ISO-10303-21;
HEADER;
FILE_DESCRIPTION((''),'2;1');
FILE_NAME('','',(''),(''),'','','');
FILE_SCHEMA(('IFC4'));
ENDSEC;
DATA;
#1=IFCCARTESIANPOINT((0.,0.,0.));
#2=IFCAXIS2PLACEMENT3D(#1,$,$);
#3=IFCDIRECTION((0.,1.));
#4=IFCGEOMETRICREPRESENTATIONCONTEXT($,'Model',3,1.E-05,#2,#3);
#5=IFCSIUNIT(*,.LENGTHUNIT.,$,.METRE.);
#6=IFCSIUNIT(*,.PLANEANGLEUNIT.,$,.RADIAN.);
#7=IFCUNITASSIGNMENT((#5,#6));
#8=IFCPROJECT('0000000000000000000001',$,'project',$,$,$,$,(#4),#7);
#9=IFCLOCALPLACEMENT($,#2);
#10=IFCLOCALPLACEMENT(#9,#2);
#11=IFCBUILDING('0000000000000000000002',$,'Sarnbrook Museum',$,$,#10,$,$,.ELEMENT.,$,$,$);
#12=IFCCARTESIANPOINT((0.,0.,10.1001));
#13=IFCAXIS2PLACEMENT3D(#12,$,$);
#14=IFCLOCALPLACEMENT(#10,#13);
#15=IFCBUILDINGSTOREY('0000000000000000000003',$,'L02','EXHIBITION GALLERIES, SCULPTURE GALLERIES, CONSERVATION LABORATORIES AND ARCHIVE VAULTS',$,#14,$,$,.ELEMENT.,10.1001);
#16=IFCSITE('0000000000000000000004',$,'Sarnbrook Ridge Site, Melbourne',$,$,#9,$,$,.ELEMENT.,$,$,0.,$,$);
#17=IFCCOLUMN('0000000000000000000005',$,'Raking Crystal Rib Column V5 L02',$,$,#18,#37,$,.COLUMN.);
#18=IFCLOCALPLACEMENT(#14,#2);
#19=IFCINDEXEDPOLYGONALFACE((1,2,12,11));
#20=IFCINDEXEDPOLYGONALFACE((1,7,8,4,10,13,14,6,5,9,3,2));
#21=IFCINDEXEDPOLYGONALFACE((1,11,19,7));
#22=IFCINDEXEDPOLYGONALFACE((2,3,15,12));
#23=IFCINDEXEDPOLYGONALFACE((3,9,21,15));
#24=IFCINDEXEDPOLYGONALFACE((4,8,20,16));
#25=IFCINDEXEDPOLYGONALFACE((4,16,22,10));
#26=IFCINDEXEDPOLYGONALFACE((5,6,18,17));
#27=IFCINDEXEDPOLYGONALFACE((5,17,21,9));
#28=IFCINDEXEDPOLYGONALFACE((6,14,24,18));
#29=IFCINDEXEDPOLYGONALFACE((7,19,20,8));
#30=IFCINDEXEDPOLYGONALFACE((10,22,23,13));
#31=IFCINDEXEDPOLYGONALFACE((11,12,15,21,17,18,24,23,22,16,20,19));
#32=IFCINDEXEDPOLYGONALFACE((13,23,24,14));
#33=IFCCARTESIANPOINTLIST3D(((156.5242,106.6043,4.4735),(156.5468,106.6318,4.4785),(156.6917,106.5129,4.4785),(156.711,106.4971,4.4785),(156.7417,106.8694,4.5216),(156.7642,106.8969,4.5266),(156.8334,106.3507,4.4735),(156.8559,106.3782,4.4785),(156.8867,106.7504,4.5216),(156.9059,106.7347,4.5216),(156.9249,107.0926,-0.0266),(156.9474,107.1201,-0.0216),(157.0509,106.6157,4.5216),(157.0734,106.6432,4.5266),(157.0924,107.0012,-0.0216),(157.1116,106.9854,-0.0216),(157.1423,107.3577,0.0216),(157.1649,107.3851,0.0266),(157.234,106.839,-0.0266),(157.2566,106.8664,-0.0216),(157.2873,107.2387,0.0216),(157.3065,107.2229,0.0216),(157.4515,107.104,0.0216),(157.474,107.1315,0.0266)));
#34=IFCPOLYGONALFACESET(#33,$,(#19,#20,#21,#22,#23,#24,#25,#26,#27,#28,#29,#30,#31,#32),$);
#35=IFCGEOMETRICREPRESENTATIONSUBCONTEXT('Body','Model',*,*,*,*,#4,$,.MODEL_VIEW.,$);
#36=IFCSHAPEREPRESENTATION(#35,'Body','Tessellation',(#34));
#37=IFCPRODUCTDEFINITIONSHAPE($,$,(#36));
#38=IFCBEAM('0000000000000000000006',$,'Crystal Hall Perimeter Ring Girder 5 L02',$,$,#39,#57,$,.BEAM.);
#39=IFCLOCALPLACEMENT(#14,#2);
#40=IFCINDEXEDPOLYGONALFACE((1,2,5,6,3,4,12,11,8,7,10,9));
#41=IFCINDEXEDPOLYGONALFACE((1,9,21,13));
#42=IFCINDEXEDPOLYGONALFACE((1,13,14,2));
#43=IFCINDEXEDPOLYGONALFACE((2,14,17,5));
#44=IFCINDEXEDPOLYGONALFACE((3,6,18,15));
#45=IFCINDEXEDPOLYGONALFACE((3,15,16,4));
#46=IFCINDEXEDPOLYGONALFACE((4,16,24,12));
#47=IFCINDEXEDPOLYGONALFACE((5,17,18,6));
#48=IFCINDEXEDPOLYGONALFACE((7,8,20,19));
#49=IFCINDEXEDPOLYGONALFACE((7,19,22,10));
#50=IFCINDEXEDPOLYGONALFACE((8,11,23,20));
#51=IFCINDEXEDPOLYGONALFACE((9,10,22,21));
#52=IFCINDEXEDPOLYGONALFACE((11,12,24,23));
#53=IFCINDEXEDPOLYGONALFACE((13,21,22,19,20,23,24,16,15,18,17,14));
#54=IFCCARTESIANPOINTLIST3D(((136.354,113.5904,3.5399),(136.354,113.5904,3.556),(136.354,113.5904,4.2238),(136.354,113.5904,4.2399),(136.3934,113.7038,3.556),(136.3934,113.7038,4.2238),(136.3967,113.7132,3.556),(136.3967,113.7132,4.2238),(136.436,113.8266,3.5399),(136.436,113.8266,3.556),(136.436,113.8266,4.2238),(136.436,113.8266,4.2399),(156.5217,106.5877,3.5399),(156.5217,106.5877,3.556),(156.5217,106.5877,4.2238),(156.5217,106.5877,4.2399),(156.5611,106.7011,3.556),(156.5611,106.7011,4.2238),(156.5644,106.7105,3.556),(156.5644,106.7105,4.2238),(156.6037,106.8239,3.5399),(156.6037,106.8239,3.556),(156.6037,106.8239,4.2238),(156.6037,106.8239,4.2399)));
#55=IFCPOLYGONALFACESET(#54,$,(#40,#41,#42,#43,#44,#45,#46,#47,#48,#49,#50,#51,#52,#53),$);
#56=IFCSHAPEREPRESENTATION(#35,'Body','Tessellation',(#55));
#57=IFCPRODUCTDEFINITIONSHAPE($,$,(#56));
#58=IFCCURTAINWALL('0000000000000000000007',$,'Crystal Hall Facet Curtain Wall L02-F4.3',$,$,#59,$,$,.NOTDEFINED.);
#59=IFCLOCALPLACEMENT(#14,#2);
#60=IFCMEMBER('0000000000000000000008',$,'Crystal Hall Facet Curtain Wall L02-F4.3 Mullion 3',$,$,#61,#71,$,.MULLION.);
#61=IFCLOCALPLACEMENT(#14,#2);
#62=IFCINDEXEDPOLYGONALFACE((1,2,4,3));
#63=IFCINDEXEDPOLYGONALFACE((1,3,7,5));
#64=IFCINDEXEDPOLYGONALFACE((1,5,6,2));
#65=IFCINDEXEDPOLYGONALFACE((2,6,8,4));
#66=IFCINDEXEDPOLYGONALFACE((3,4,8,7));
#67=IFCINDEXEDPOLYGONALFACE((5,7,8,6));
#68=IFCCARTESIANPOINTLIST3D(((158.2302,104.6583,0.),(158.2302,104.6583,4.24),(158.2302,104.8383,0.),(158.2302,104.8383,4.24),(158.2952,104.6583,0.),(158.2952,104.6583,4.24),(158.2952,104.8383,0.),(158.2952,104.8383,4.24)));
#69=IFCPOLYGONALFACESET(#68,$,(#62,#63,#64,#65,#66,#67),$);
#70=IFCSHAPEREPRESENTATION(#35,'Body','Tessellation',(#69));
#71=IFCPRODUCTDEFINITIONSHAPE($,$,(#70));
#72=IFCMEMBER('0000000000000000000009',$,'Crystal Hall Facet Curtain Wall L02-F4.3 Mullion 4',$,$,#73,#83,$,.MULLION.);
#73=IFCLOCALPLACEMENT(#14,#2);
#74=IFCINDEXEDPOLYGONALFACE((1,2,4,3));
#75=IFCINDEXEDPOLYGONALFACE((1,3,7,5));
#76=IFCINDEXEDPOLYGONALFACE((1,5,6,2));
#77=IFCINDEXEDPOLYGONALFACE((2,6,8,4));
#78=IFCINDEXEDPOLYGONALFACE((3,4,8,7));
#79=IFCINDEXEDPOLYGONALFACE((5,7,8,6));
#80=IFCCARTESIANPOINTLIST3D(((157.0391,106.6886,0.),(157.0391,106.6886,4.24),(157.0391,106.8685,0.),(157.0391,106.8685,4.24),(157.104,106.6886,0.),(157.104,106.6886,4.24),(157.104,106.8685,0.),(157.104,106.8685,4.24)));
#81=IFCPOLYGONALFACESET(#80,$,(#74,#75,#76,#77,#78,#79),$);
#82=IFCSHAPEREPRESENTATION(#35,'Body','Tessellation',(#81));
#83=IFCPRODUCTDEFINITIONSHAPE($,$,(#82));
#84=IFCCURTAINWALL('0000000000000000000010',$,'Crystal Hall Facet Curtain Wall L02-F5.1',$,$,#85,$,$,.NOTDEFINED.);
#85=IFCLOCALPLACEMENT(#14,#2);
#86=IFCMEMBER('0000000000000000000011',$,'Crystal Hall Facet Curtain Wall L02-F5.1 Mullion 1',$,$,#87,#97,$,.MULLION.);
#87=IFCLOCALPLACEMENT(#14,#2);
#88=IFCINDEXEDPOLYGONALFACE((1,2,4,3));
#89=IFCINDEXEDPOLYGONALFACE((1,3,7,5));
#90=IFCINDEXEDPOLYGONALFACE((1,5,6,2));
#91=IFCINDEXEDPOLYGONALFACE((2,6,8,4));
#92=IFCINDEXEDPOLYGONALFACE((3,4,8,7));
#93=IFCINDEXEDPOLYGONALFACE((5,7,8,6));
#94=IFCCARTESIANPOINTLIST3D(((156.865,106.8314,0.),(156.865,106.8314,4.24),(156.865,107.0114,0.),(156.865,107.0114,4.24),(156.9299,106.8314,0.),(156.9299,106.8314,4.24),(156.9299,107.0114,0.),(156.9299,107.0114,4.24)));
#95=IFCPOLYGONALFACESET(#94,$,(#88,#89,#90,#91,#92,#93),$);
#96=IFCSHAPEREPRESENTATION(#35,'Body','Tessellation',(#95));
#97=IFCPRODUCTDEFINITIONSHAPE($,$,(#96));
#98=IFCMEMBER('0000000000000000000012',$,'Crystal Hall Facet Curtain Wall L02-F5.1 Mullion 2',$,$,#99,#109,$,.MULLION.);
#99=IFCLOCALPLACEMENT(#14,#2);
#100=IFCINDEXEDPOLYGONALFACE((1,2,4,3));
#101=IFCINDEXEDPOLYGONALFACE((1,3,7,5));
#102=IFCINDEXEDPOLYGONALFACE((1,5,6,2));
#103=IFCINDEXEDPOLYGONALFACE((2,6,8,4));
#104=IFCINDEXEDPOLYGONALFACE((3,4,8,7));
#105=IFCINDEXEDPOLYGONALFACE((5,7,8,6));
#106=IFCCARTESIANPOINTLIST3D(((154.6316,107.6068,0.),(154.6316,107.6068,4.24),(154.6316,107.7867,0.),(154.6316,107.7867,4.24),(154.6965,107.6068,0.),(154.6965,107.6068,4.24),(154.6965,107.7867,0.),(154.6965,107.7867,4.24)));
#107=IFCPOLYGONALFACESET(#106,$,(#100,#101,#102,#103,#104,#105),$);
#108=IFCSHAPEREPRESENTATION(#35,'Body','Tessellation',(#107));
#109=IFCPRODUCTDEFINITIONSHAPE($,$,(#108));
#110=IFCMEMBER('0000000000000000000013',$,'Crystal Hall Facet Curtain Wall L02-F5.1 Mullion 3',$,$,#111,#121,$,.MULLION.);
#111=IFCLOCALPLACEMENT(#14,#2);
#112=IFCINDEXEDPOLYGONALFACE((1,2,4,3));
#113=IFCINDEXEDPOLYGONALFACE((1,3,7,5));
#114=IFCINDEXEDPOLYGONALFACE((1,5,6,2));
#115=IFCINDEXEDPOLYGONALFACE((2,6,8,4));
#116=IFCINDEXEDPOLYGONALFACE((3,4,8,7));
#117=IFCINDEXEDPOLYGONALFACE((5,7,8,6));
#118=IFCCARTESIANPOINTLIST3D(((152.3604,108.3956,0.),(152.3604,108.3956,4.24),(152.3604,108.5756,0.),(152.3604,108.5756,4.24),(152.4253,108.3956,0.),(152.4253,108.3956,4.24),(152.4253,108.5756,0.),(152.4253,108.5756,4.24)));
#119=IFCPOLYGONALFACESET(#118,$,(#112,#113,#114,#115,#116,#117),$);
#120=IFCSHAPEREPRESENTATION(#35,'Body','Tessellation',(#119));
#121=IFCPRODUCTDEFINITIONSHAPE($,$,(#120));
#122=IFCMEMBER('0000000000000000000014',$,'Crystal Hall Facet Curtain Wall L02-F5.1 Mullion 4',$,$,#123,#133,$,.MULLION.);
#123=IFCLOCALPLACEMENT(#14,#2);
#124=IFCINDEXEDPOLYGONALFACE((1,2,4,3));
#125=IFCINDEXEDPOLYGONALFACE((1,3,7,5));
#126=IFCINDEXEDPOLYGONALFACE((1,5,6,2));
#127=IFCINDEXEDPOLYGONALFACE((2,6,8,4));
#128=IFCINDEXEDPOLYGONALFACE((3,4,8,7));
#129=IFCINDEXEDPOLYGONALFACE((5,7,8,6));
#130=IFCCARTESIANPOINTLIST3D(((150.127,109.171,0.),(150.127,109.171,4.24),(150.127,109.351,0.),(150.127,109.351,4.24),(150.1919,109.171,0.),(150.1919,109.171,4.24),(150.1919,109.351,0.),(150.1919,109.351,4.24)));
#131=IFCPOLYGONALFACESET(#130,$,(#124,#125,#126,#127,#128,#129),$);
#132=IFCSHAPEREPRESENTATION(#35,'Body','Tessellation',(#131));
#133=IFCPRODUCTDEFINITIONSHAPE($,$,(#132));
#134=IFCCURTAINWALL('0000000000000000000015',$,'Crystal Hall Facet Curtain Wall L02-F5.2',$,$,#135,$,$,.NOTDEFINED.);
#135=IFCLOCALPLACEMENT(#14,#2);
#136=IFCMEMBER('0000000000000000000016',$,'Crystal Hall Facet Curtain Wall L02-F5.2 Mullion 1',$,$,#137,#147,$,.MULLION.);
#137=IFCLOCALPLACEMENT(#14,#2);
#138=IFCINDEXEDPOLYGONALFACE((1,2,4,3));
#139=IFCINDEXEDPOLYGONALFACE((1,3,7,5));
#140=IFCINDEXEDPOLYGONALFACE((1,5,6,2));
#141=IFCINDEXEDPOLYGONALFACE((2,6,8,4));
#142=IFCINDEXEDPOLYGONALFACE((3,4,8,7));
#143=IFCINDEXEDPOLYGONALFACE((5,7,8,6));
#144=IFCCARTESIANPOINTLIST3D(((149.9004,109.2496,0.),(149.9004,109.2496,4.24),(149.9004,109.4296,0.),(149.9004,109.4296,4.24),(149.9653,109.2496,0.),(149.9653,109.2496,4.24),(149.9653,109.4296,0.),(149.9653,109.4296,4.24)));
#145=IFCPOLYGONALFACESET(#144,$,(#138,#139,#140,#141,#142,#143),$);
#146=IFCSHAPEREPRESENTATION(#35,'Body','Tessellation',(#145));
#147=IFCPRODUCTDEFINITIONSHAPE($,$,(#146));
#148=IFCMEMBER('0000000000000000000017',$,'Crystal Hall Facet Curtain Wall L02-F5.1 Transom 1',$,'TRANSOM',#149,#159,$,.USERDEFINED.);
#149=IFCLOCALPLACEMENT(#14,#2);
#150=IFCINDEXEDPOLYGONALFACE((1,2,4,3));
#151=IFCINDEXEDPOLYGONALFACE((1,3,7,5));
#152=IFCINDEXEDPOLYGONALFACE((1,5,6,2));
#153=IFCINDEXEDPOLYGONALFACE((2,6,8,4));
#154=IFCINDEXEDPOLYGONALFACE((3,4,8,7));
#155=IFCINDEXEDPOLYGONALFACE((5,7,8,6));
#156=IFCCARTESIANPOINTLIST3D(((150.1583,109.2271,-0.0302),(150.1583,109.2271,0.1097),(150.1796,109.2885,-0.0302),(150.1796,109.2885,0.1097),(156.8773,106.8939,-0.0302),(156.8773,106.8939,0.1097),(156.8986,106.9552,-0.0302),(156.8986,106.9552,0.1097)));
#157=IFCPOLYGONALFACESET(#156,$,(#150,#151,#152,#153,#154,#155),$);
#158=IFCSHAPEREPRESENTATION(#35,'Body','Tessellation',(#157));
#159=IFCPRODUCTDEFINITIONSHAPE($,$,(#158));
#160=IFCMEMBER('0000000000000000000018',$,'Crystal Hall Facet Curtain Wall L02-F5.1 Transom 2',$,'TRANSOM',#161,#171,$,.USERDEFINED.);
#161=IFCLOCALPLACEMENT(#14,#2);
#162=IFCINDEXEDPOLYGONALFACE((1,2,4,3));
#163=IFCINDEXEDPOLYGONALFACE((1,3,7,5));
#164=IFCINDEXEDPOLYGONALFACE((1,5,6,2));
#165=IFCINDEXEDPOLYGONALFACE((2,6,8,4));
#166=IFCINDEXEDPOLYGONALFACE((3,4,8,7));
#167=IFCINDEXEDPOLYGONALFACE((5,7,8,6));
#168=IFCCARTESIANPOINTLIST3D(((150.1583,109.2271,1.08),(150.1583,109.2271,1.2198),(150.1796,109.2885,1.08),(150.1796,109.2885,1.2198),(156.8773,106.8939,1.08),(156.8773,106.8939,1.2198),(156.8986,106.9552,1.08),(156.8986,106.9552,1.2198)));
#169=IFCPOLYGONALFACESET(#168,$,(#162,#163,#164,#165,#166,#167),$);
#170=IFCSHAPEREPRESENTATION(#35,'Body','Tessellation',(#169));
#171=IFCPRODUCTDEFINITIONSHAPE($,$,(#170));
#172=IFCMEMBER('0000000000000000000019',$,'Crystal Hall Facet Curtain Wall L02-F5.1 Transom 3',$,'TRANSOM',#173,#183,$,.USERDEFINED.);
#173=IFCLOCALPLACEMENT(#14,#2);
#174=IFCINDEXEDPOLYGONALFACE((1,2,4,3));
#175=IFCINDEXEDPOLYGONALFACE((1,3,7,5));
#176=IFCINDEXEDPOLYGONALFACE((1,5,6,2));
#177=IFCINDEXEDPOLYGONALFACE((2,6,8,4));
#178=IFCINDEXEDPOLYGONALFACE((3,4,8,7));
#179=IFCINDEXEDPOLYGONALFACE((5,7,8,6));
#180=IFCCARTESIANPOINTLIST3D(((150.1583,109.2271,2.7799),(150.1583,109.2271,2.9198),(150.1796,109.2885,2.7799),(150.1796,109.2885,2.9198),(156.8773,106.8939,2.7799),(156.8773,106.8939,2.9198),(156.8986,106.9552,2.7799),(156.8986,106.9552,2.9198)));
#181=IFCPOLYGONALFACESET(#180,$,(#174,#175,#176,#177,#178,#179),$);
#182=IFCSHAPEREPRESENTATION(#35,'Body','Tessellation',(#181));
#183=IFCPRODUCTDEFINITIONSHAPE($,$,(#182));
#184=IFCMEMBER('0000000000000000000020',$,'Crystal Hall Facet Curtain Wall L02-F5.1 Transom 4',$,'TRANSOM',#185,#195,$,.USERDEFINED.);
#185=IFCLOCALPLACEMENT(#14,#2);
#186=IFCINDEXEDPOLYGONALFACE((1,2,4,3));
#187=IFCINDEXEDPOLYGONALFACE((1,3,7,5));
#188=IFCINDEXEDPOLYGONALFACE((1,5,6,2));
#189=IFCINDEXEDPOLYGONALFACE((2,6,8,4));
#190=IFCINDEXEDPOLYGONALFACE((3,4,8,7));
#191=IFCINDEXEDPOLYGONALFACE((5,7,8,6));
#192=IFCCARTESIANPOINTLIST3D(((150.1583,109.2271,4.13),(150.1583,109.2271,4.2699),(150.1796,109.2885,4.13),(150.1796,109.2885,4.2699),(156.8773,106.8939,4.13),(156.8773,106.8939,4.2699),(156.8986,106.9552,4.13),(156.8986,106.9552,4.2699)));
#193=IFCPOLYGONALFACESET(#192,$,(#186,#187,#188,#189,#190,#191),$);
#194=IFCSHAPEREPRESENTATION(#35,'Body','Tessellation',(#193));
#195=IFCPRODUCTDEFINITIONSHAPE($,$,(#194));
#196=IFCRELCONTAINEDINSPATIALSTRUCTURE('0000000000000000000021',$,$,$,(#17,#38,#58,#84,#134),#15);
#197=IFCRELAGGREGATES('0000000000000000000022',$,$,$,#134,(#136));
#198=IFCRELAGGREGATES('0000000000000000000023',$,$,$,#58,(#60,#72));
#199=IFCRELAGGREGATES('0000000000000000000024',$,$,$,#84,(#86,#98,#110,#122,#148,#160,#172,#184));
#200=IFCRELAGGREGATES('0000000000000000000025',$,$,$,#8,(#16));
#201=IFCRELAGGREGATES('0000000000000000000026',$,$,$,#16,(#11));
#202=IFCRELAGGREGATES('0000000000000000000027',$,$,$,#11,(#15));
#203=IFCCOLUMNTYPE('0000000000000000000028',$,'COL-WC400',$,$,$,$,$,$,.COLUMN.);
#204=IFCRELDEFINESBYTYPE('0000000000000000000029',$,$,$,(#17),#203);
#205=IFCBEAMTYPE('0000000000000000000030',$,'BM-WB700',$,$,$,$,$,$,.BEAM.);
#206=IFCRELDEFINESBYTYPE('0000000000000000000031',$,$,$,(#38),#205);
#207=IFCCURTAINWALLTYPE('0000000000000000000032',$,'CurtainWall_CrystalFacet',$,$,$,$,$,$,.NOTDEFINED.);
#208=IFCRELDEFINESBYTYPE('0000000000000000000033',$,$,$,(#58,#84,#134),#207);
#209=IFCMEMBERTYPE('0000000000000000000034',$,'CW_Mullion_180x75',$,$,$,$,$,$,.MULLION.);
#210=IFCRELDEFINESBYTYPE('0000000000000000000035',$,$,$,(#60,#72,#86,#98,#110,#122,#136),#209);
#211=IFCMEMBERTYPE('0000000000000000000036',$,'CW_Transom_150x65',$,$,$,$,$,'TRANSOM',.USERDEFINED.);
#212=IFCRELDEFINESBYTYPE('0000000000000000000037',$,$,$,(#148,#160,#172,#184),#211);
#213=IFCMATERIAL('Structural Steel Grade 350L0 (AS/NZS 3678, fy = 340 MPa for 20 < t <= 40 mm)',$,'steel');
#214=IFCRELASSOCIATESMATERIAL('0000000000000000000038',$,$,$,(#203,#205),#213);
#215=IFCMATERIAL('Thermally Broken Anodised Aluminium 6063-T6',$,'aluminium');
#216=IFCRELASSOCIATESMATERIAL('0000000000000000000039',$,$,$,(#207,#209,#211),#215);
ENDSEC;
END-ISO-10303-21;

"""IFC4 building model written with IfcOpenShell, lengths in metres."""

from ifc_helpers import new_model, si_unit, direction, frame, origin, origin_2d, place, context, subcontext, project, spatial, rectangle, i_section, extrude, material, material_profile, profile_set, type_object, element, aggregate, save


model = new_model("IFC4")

# Units and contexts
model_context = context("Model", 3, precision=1e-05, world=origin(), true_north=direction((0.0, 1.0)))
body_context = subcontext(model_context, "Body", "Model", "MODEL_VIEW")
ifc_project = project(units=[si_unit("LENGTHUNIT", "METRE"), si_unit("PLANEANGLEUNIT", "RADIAN")], contexts=[model_context])

# Site, building, storey
site_placement = place(None, origin())
site = spatial("IfcSite", under=ifc_project, at=site_placement, Name="Sarnbrook Ridge Site, Melbourne", CompositionType="ELEMENT", RefElevation=0.0)
building_placement = place(site_placement, origin())
building = spatial("IfcBuilding", under=site, at=building_placement, Name="Sarnbrook Museum", CompositionType="ELEMENT")
storey_placement = place(building_placement, frame((0.0, 0.0, 10.1001)))
storey = spatial("IfcBuildingStorey", under=building, at=storey_placement, Name="L02", Description="EXHIBITION GALLERIES, SCULPTURE GALLERIES, CONSERVATION LABORATORIES AND ARCHIVE VAULTS", CompositionType="ELEMENT", Elevation=10.1001)

# Column
ifc_material_1 = material(Name="Structural Steel Grade 350L0 (AS/NZS 3678, fy = 340 MPa for 20 < t <= 40 mm)", Category="steel")
ifc_material_profile_1 = material_profile(ifc_material_1, i_section(OverallWidth=0.3999, OverallDepth=0.3821, WebThickness=0.0249, FlangeThickness=0.0359, at=origin_2d()), Name="400WC270")
ifc_profile_set_1 = profile_set([ifc_material_profile_1], Name="Structural Steel Grade 350L0 (AS/NZS 3678, fy = 340 MPa for 20 < t <= 40 mm)")
column_type = type_object("IfcColumnType", Name="COL-WC400", PredefinedType="COLUMN", material=ifc_profile_set_1)
column_placement = place(storey_placement, frame((157.1995, 107.1121, 0.0), z_axis=(-0.088166, -0.107454, 0.990293), x_axis=(0.773078, -0.634311, 0.0)))
element("IfcColumn", 1, at=column_placement, inside=storey, type_object=column_type, Name="Raking Crystal Rib Column V5 L02", PredefinedType="COLUMN", context=body_context, shape_type="SweptSolid", body=[
    extrude(i_section(OverallWidth=0.3999, OverallDepth=0.3821, WebThickness=0.0249, FlangeThickness=0.0359, at=origin_2d()), origin(), (0.0, 0.0, 1.0), 4.5442),
])

# Beam
ifc_material_profile_2 = material_profile(ifc_material_1, i_section(OverallWidth=0.25, OverallDepth=0.7, WebThickness=0.01, FlangeThickness=0.0161, at=origin_2d()), Name="700WB130")
ifc_profile_set_2 = profile_set([ifc_material_profile_2], Name="Structural Steel Grade 350L0 (AS/NZS 3678, fy = 340 MPa for 20 < t <= 40 mm)")
beam_type_1 = type_object("IfcBeamType", Name="BM-WB700", PredefinedType="BEAM", material=ifc_profile_set_2)
beam_1_placement = place(storey_placement, frame((156.5627, 106.7058, 3.8899), z_axis=(-0.944674, 0.328012, 0.0), x_axis=(-0.328012, -0.944674, 0.0)))
element("IfcBeam", 2, at=beam_1_placement, inside=storey, type_object=beam_type_1, Name="Crystal Hall Perimeter Ring Girder 5 L02", PredefinedType="BEAM", context=body_context, shape_type="SweptSolid", body=[
    extrude(i_section(OverallWidth=0.25, OverallDepth=0.7, WebThickness=0.01, FlangeThickness=0.0161, at=origin_2d()), origin(), (0.0, 0.0, 1.0), 21.3489),
])

# Curtain walls, members
ifc_material_2 = material(Name="Thermally Broken Anodised Aluminium 6063-T6", Category="aluminium")
curtain_wall_type = type_object("IfcCurtainWallType", Name="CurtainWall_CrystalFacet", PredefinedType="NOTDEFINED", material=ifc_material_2)
curtain_wall_1_placement = place(storey_placement, origin())
curtain_wall_1 = element("IfcCurtainWall", 3, at=curtain_wall_1_placement, inside=storey, type_object=curtain_wall_type, Name="Crystal Hall Facet Curtain Wall L02-F4.3", PredefinedType="NOTDEFINED")
ifc_material_profile_3 = material_profile(ifc_material_2, rectangle(XDim=0.0649, YDim=0.1799, at=origin_2d()), Name="ALU MULLION 65x180")
ifc_profile_set_3 = profile_set([ifc_material_profile_3], Name="Thermally Broken Anodised Aluminium 6063-T6")
member_type_1 = type_object("IfcMemberType", Name="CW_Mullion_180x75", PredefinedType="MULLION", material=ifc_profile_set_3)
member_1_placement = place(storey_placement, frame((158.2627, 104.7483, 0.0), z_axis=(0.0, 0.0, 1.0), x_axis=(1.0, 0.0, 0.0)))
member_1 = element("IfcMember", 4, at=member_1_placement, type_object=member_type_1, Name="Crystal Hall Facet Curtain Wall L02-F4.3 Mullion 3", PredefinedType="MULLION", context=body_context, shape_type="SweptSolid", body=[
    extrude(rectangle(XDim=0.0649, YDim=0.1799, at=origin_2d()), origin(), (0.0, 0.0, 1.0), 4.24),
])
member_2_placement = place(storey_placement, frame((157.0715, 106.7786, 0.0), z_axis=(0.0, 0.0, 1.0), x_axis=(1.0, 0.0, 0.0)))
member_2 = element("IfcMember", 5, at=member_2_placement, type_object=member_type_1, Name="Crystal Hall Facet Curtain Wall L02-F4.3 Mullion 4", PredefinedType="MULLION", context=body_context, shape_type="SweptSolid", body=[
    extrude(rectangle(XDim=0.0649, YDim=0.1799, at=origin_2d()), origin(), (0.0, 0.0, 1.0), 4.24),
])
curtain_wall_2_placement = place(storey_placement, origin())
curtain_wall_2 = element("IfcCurtainWall", 6, at=curtain_wall_2_placement, inside=storey, type_object=curtain_wall_type, Name="Crystal Hall Facet Curtain Wall L02-F5.1", PredefinedType="NOTDEFINED")
member_3_placement = place(storey_placement, frame((156.8975, 106.9214, 0.0), z_axis=(0.0, 0.0, 1.0), x_axis=(1.0, 0.0, 0.0)))
member_3 = element("IfcMember", 7, at=member_3_placement, type_object=member_type_1, Name="Crystal Hall Facet Curtain Wall L02-F5.1 Mullion 1", PredefinedType="MULLION", context=body_context, shape_type="SweptSolid", body=[
    extrude(rectangle(XDim=0.0649, YDim=0.1799, at=origin_2d()), origin(), (0.0, 0.0, 1.0), 4.24),
])
member_4_placement = place(storey_placement, frame((154.6641, 107.6968, 0.0), z_axis=(0.0, 0.0, 1.0), x_axis=(1.0, 0.0, 0.0)))
member_4 = element("IfcMember", 8, at=member_4_placement, type_object=member_type_1, Name="Crystal Hall Facet Curtain Wall L02-F5.1 Mullion 2", PredefinedType="MULLION", context=body_context, shape_type="SweptSolid", body=[
    extrude(rectangle(XDim=0.0649, YDim=0.1799, at=origin_2d()), origin(), (0.0, 0.0, 1.0), 4.24),
])
member_5_placement = place(storey_placement, frame((152.3928, 108.4856, 0.0), z_axis=(0.0, 0.0, 1.0), x_axis=(1.0, 0.0, 0.0)))
member_5 = element("IfcMember", 9, at=member_5_placement, type_object=member_type_1, Name="Crystal Hall Facet Curtain Wall L02-F5.1 Mullion 3", PredefinedType="MULLION", context=body_context, shape_type="SweptSolid", body=[
    extrude(rectangle(XDim=0.0649, YDim=0.1799, at=origin_2d()), origin(), (0.0, 0.0, 1.0), 4.24),
])
member_6_placement = place(storey_placement, frame((150.1594, 109.261, 0.0), z_axis=(0.0, 0.0, 1.0), x_axis=(1.0, 0.0, 0.0)))
member_6 = element("IfcMember", 10, at=member_6_placement, type_object=member_type_1, Name="Crystal Hall Facet Curtain Wall L02-F5.1 Mullion 4", PredefinedType="MULLION", context=body_context, shape_type="SweptSolid", body=[
    extrude(rectangle(XDim=0.0649, YDim=0.1799, at=origin_2d()), origin(), (0.0, 0.0, 1.0), 4.24),
])

# Curtain wall, member
curtain_wall_3_placement = place(storey_placement, origin())
curtain_wall_3 = element("IfcCurtainWall", 11, at=curtain_wall_3_placement, inside=storey, type_object=curtain_wall_type, Name="Crystal Hall Facet Curtain Wall L02-F5.2", PredefinedType="NOTDEFINED")
member_7_placement = place(storey_placement, frame((149.9329, 109.3396, 0.0), z_axis=(0.0, 0.0, 1.0), x_axis=(1.0, 0.0, 0.0)))
member_7 = element("IfcMember", 12, at=member_7_placement, type_object=member_type_1, Name="Crystal Hall Facet Curtain Wall L02-F5.2 Mullion 1", PredefinedType="MULLION", context=body_context, shape_type="SweptSolid", body=[
    extrude(rectangle(XDim=0.0649, YDim=0.1799, at=origin_2d()), origin(), (0.0, 0.0, 1.0), 4.24),
])
aggregate(curtain_wall_3, [member_7])

# Members
ifc_material_profile_4 = material_profile(ifc_material_2, rectangle(XDim=0.0649, YDim=0.1399, at=origin_2d()), Name="ALU TRANSOM 65x140")
ifc_profile_set_4 = profile_set([ifc_material_profile_4], Name="Thermally Broken Anodised Aluminium 6063-T6")
member_type_2 = type_object("IfcMemberType", Name="CW_Transom_150x65", ElementType="TRANSOM", PredefinedType="USERDEFINED", material=ifc_profile_set_4)
member_8_placement = place(storey_placement, frame((156.8879, 106.9246, 0.0398), z_axis=(-0.944662, 0.328045, 0.0), x_axis=(-0.328045, -0.944662, 0.0)))
member_8 = element("IfcMember", 13, at=member_8_placement, type_object=member_type_2, Name="Crystal Hall Facet Curtain Wall L02-F5.1 Transom 1", ObjectType="TRANSOM", PredefinedType="USERDEFINED", context=body_context, shape_type="SweptSolid", body=[
    extrude(rectangle(XDim=0.0649, YDim=0.1399, at=origin_2d()), origin(), (0.0, 0.0, 1.0), 7.1125),
])
member_9_placement = place(storey_placement, frame((156.8879, 106.9246, 1.1499), z_axis=(-0.944662, 0.328045, 0.0), x_axis=(-0.328045, -0.944662, 0.0)))
member_9 = element("IfcMember", 14, at=member_9_placement, type_object=member_type_2, Name="Crystal Hall Facet Curtain Wall L02-F5.1 Transom 2", ObjectType="TRANSOM", PredefinedType="USERDEFINED", context=body_context, shape_type="SweptSolid", body=[
    extrude(rectangle(XDim=0.0649, YDim=0.1399, at=origin_2d()), origin(), (0.0, 0.0, 1.0), 7.1125),
])
member_10_placement = place(storey_placement, frame((156.8879, 106.9246, 2.8499), z_axis=(-0.944662, 0.328045, 0.0), x_axis=(-0.328045, -0.944662, 0.0)))
member_10 = element("IfcMember", 15, at=member_10_placement, type_object=member_type_2, Name="Crystal Hall Facet Curtain Wall L02-F5.1 Transom 3", ObjectType="TRANSOM", PredefinedType="USERDEFINED", context=body_context, shape_type="SweptSolid", body=[
    extrude(rectangle(XDim=0.0649, YDim=0.1399, at=origin_2d()), origin(), (0.0, 0.0, 1.0), 7.1125),
])
member_11_placement = place(storey_placement, frame((156.8879, 106.9246, 4.2), z_axis=(-0.944662, 0.328045, 0.0), x_axis=(-0.328045, -0.944662, 0.0)))
member_11 = element("IfcMember", 16, at=member_11_placement, type_object=member_type_2, Name="Crystal Hall Facet Curtain Wall L02-F5.1 Transom 4", ObjectType="TRANSOM", PredefinedType="USERDEFINED", context=body_context, shape_type="SweptSolid", body=[
    extrude(rectangle(XDim=0.0649, YDim=0.1399, at=origin_2d()), origin(), (0.0, 0.0, 1.0), 7.1125),
])

aggregate(curtain_wall_1, [member_1, member_2])
aggregate(curtain_wall_2, [member_3, member_4, member_5, member_6, member_8, member_9, member_10, member_11])

save(model, "model.ifc")
